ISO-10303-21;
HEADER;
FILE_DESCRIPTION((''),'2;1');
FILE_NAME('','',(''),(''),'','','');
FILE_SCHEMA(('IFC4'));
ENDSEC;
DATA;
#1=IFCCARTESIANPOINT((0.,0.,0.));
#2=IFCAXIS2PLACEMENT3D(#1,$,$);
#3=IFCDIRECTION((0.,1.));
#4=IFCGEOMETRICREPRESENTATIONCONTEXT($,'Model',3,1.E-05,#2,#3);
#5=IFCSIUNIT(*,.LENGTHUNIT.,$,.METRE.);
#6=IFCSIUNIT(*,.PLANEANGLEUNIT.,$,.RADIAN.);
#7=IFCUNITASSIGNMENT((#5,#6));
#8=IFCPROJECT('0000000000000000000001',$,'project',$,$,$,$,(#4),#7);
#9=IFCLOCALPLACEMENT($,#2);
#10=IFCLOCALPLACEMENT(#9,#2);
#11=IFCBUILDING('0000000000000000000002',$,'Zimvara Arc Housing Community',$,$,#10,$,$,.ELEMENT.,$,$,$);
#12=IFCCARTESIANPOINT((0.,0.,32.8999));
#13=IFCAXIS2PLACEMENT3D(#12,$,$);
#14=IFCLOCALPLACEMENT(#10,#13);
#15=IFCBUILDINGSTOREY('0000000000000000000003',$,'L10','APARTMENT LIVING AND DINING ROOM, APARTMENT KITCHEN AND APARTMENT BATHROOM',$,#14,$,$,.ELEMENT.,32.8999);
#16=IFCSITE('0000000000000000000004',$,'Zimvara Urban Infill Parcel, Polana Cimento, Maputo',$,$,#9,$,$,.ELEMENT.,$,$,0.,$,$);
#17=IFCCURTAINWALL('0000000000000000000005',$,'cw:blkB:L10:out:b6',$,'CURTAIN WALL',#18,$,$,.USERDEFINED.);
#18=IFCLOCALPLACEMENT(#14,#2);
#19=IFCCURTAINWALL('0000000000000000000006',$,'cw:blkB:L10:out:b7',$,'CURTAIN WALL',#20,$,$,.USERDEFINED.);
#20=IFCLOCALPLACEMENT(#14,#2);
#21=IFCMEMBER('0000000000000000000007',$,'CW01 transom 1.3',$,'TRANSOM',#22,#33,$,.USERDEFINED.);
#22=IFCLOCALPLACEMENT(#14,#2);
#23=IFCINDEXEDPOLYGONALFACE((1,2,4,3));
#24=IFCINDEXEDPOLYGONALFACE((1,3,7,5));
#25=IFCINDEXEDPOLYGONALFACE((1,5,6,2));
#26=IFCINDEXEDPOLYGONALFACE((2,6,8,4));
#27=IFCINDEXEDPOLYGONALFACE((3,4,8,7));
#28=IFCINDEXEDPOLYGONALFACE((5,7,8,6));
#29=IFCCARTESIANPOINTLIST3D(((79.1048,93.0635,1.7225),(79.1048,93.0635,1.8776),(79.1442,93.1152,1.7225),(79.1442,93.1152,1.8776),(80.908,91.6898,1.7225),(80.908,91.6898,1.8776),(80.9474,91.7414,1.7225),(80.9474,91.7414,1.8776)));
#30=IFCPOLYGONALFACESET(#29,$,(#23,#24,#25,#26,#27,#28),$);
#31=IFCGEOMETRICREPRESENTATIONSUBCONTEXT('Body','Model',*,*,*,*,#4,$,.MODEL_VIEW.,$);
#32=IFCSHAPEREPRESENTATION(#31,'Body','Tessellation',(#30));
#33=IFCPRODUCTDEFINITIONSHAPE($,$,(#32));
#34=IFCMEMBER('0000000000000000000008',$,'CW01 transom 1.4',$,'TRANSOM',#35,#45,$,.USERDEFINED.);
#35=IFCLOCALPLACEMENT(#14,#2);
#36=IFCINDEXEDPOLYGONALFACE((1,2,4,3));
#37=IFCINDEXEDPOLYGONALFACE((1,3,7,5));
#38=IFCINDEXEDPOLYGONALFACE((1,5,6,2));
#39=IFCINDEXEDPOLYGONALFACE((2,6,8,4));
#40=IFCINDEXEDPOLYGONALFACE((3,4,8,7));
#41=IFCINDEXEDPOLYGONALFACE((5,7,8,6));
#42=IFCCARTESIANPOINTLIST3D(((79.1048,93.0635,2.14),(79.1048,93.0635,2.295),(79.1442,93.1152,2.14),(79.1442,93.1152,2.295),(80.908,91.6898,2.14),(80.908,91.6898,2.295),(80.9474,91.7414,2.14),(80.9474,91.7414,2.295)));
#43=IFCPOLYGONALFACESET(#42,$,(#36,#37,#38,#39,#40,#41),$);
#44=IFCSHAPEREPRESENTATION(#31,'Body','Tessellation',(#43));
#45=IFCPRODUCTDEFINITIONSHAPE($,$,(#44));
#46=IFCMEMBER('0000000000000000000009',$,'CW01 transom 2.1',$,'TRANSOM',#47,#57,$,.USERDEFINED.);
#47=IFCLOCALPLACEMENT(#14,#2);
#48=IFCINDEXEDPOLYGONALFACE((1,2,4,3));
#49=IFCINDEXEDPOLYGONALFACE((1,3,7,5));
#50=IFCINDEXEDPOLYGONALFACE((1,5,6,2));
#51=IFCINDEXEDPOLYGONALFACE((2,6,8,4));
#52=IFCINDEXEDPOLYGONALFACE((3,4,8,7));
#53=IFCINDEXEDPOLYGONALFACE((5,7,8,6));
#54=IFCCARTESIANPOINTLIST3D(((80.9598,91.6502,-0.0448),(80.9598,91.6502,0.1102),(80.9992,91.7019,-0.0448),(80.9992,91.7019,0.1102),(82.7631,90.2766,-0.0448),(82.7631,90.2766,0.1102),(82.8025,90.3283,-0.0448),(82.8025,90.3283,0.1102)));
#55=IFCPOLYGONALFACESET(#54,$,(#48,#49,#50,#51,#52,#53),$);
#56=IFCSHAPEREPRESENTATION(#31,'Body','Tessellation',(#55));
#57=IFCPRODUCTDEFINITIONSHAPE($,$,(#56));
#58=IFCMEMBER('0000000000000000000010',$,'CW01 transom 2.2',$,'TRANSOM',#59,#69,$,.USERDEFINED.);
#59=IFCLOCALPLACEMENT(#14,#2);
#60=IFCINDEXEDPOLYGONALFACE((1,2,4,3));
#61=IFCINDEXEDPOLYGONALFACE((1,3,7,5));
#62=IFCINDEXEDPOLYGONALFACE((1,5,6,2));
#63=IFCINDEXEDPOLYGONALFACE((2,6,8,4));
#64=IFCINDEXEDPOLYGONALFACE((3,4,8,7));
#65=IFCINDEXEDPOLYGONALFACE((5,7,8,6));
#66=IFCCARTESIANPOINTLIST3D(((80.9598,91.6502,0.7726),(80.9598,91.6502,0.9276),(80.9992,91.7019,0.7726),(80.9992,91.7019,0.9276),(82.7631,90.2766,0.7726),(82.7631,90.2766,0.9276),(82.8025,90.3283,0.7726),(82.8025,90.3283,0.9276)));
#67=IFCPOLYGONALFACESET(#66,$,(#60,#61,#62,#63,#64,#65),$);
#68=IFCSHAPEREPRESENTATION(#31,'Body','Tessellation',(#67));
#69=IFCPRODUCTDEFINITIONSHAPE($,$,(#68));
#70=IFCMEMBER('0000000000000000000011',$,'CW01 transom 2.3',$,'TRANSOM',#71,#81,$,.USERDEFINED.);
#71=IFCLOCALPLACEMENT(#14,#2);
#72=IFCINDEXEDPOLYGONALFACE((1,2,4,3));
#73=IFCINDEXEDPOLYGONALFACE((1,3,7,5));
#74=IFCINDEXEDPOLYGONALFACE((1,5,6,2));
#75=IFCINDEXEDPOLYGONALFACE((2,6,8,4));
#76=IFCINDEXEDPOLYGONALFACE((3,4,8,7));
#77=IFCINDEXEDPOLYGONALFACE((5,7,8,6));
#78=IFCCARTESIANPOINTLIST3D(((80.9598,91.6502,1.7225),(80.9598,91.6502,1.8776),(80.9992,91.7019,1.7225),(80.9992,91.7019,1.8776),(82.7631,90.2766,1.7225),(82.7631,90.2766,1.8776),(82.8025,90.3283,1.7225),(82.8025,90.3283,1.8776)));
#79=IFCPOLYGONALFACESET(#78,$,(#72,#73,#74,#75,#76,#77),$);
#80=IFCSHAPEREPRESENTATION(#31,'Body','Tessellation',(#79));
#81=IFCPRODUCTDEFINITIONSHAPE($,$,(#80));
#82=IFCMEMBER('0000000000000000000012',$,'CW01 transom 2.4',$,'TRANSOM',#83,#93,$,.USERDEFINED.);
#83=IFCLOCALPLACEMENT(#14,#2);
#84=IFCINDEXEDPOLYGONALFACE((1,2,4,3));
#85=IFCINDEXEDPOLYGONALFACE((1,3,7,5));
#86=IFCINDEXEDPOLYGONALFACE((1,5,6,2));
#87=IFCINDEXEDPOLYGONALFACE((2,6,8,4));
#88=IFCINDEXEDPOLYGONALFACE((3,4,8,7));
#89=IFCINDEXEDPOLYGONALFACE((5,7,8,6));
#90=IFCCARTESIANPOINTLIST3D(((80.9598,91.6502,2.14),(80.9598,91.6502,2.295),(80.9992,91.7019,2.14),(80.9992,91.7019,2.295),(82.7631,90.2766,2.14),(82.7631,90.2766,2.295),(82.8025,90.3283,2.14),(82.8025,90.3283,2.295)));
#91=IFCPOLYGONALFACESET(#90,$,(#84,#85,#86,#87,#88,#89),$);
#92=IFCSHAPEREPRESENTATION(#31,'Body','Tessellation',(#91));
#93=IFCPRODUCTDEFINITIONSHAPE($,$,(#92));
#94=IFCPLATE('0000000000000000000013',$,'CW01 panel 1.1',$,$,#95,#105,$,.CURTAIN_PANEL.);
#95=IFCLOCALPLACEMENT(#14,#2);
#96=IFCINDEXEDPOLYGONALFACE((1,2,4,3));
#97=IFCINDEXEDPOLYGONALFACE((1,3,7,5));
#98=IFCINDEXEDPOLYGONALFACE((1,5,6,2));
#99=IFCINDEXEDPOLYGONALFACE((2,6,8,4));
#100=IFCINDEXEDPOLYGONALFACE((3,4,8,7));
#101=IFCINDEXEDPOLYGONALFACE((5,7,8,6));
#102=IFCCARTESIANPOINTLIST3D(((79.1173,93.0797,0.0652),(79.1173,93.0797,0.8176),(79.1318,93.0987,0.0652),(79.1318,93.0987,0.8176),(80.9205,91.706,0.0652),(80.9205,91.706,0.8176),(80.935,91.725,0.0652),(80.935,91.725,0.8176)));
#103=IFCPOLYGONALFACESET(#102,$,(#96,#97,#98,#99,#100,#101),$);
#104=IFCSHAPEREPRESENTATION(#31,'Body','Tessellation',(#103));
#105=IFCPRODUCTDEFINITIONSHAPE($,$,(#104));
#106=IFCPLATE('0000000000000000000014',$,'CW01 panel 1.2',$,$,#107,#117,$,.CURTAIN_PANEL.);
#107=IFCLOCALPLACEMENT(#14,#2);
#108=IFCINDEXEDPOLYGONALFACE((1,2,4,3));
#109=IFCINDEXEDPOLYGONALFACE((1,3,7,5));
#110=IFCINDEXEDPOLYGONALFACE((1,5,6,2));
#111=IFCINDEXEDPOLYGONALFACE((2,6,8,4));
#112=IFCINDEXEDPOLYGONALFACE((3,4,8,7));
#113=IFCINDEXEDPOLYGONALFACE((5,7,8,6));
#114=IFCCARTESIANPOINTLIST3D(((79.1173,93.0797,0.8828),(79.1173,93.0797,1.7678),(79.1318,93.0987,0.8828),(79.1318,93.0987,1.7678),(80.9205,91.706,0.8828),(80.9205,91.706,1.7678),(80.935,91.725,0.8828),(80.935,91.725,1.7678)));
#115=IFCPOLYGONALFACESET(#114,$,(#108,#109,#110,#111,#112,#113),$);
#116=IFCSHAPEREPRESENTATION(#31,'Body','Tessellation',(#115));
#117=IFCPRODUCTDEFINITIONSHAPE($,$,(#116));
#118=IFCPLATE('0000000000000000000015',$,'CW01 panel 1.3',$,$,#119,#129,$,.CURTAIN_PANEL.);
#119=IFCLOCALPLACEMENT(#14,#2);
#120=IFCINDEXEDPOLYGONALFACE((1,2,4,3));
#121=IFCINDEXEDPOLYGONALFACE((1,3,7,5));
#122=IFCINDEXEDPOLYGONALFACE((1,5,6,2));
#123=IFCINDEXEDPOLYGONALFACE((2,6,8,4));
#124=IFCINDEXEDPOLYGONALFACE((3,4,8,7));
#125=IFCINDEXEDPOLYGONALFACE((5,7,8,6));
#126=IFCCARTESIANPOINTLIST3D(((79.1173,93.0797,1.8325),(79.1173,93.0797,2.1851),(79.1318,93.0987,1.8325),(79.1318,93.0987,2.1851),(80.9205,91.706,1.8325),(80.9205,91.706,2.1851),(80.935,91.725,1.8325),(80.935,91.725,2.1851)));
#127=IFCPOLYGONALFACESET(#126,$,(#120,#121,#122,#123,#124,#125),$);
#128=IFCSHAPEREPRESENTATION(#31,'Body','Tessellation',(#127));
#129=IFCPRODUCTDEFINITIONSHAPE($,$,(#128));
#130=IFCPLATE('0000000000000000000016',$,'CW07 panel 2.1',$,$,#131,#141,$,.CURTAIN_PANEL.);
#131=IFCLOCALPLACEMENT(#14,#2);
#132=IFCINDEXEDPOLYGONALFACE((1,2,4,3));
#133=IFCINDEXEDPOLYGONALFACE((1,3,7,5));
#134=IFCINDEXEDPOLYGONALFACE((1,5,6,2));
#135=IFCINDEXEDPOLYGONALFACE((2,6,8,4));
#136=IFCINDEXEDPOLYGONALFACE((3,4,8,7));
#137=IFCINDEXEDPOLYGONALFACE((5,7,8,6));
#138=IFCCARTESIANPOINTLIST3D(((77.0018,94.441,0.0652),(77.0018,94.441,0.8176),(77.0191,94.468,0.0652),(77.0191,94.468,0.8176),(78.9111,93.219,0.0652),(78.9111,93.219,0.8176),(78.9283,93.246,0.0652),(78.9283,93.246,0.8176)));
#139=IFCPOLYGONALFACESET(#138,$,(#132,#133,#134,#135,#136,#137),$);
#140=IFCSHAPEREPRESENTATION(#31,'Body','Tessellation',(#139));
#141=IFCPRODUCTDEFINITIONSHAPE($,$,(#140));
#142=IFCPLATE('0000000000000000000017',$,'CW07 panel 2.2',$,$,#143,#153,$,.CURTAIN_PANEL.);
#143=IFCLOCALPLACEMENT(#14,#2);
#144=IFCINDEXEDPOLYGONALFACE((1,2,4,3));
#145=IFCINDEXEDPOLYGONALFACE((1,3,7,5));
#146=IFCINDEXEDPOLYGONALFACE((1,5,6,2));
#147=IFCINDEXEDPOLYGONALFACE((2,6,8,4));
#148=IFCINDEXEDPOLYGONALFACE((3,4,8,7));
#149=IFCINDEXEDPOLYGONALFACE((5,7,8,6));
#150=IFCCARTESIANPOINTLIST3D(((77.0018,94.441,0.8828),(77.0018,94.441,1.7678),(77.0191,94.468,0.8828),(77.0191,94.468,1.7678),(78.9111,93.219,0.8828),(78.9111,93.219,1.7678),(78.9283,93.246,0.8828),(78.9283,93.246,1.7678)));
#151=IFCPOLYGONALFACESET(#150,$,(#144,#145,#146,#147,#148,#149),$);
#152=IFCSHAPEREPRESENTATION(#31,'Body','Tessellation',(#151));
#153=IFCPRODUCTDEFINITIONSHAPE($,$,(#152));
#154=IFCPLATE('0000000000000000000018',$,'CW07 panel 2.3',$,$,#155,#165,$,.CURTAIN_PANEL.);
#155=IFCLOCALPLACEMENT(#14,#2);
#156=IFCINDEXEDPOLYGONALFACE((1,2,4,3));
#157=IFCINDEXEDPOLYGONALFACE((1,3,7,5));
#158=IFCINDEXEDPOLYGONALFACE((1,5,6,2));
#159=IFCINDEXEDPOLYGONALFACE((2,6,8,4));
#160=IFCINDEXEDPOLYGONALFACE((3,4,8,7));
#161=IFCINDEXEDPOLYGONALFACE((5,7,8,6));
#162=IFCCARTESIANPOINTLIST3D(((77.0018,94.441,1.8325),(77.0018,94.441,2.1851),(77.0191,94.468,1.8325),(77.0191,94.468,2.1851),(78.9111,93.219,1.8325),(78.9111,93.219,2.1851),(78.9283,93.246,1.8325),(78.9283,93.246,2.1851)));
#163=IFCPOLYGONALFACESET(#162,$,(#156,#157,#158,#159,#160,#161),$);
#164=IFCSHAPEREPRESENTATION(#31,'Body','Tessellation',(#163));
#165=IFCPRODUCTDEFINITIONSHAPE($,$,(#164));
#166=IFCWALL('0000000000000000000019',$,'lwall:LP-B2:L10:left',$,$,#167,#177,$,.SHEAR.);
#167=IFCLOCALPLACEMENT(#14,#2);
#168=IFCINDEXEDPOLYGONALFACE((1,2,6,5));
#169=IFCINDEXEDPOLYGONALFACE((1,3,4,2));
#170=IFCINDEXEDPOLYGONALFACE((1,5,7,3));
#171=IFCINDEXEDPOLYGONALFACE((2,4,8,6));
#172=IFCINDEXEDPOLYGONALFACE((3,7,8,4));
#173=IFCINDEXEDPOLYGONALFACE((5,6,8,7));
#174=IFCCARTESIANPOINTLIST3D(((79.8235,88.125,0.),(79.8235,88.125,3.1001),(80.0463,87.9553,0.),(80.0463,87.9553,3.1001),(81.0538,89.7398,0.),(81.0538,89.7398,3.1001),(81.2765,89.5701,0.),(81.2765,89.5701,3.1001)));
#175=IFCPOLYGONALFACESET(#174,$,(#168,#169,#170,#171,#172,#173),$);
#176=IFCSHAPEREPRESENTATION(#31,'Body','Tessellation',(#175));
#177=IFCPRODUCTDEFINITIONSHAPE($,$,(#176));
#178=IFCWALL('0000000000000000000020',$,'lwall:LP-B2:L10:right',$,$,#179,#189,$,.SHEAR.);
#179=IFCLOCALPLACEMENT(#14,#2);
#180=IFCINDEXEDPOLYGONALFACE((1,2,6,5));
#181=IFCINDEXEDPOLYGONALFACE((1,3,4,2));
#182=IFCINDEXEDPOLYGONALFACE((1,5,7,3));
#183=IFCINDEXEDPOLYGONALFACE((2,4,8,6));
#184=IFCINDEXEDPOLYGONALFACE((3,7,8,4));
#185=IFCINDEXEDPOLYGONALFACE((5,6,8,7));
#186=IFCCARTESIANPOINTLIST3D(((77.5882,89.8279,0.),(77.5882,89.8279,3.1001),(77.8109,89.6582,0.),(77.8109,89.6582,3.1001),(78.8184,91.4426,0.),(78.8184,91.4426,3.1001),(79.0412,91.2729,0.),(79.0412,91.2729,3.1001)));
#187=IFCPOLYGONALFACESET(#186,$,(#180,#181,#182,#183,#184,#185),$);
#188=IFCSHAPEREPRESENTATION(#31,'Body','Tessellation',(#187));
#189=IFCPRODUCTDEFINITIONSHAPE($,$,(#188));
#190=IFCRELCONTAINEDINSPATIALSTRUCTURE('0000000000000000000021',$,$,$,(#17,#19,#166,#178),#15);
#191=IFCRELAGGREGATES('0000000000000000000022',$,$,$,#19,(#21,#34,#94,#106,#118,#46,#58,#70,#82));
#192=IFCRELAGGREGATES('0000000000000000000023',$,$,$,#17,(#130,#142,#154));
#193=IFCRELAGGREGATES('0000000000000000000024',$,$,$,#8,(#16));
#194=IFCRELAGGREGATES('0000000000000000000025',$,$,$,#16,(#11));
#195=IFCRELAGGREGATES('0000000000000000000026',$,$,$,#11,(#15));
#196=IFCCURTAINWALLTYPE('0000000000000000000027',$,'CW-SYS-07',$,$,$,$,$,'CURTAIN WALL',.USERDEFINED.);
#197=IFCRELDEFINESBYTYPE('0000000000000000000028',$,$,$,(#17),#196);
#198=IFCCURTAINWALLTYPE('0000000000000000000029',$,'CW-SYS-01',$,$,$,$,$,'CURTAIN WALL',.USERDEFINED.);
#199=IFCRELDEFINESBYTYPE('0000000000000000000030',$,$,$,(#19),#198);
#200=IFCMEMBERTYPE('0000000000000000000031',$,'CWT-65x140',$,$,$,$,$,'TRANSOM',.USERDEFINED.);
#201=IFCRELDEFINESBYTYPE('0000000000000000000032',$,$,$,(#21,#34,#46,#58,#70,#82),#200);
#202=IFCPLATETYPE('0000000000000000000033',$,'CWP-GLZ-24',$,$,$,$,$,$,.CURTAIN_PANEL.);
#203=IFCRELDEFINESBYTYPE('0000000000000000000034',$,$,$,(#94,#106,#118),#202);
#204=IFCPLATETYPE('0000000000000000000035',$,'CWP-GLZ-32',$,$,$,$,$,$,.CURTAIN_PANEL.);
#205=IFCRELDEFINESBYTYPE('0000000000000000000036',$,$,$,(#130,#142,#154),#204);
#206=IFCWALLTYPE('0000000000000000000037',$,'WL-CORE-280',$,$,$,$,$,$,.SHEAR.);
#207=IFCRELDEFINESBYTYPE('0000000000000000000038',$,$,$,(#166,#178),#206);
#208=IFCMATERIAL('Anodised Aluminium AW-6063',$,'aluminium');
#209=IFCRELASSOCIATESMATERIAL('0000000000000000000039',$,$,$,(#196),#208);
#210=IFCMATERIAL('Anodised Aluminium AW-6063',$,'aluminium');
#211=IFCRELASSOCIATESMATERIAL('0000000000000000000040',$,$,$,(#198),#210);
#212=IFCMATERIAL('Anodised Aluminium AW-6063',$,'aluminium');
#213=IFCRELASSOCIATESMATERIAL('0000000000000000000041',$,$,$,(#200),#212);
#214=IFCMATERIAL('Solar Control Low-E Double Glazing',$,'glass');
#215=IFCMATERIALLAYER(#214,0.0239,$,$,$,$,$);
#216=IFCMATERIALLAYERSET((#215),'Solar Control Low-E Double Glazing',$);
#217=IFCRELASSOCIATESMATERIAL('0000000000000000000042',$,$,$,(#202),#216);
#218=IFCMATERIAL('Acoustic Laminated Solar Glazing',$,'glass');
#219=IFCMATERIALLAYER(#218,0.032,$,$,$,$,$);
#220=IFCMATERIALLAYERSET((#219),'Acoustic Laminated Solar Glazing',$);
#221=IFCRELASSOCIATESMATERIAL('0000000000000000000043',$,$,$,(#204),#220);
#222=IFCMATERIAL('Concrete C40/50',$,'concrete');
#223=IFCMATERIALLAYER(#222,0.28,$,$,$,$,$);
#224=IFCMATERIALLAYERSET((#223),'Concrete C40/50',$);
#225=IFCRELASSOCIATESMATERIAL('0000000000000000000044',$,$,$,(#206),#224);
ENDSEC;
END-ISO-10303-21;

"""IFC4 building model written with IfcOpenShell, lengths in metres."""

from ifc_helpers import new_model, si_unit, direction, frame, frame_2d, origin, origin_2d, place, context, subcontext, project, spatial, rectangle, extrude, material, layer, layer_set, material_profile, profile_set, type_object, element, aggregate, save


model = new_model("IFC4")

# Units and contexts
model_context = context("Model", 3, precision=1e-05, world=origin(), true_north=direction((0.0, 1.0)))
body_context = subcontext(model_context, "Body", "Model", "MODEL_VIEW")
ifc_project = project(units=[si_unit("LENGTHUNIT", "METRE"), si_unit("PLANEANGLEUNIT", "RADIAN")], contexts=[model_context])

# Site, building, storey
site_placement = place(None, origin())
site = spatial("IfcSite", under=ifc_project, at=site_placement, Name="Zimvara Urban Infill Parcel, Polana Cimento, Maputo", CompositionType="ELEMENT", RefElevation=0.0)
building_placement = place(site_placement, origin())
building = spatial("IfcBuilding", under=site, at=building_placement, Name="Zimvara Arc Housing Community", CompositionType="ELEMENT")
storey_placement = place(building_placement, frame((0.0, 0.0, 32.8999)))
storey = spatial("IfcBuildingStorey", under=building, at=storey_placement, Name="L10", Description="APARTMENT LIVING AND DINING ROOM, APARTMENT KITCHEN AND APARTMENT BATHROOM", CompositionType="ELEMENT", Elevation=32.8999)

# Curtain wall
ifc_material_1 = material(Name="Anodised Aluminium AW-6063", Category="aluminium")
curtain_wall_type_1 = type_object("IfcCurtainWallType", Name="CW-SYS-07", ElementType="CURTAIN WALL", PredefinedType="USERDEFINED", material=ifc_material_1)
curtain_wall_1_placement = place(storey_placement, origin())
curtain_wall_1 = element("IfcCurtainWall", 1, at=curtain_wall_1_placement, inside=storey, type_object=curtain_wall_type_1, Name="cw:blkB:L10:out:b6", ObjectType="CURTAIN WALL", PredefinedType="USERDEFINED")

# Curtain wall
ifc_material_2 = material(Name="Anodised Aluminium AW-6063", Category="aluminium")
curtain_wall_type_2 = type_object("IfcCurtainWallType", Name="CW-SYS-01", ElementType="CURTAIN WALL", PredefinedType="USERDEFINED", material=ifc_material_2)
curtain_wall_2_placement = place(storey_placement, origin())
curtain_wall_2 = element("IfcCurtainWall", 2, at=curtain_wall_2_placement, inside=storey, type_object=curtain_wall_type_2, Name="cw:blkB:L10:out:b7", ObjectType="CURTAIN WALL", PredefinedType="USERDEFINED")

# Members
ifc_material_3 = material(Name="Anodised Aluminium AW-6063", Category="aluminium")
ifc_material_profile_1 = material_profile(ifc_material_3, rectangle(XDim=0.0649, YDim=0.155, at=origin_2d()), Name="ALU 65x155")
ifc_profile_set_1 = profile_set([ifc_material_profile_1], Name="Anodised Aluminium AW-6063")
member_type_1 = type_object("IfcMemberType", Name="CWT-65x140", ElementType="TRANSOM", PredefinedType="USERDEFINED", material=ifc_profile_set_1)
member_1_placement = place(storey_placement, frame((79.1245, 93.0894, 1.8), z_axis=(0.795454, -0.606014, 0.0), x_axis=(0.606014, 0.795454, 0.0)))
member_1 = element("IfcMember", 3, at=member_1_placement, type_object=member_type_1, Name="CW01 transom 1.3", ObjectType="TRANSOM", PredefinedType="USERDEFINED", context=body_context, shape_type="SweptSolid", body=[
    extrude(rectangle(XDim=0.0649, YDim=0.155, at=origin_2d()), origin(), (0.0, 0.0, 1.0), 2.2668),
])
member_2_placement = place(storey_placement, frame((79.1245, 93.0894, 2.2175), z_axis=(0.795454, -0.606014, 0.0), x_axis=(0.606014, 0.795454, 0.0)))
member_2 = element("IfcMember", 4, at=member_2_placement, type_object=member_type_1, Name="CW01 transom 1.4", ObjectType="TRANSOM", PredefinedType="USERDEFINED", context=body_context, shape_type="SweptSolid", body=[
    extrude(rectangle(XDim=0.0649, YDim=0.155, at=origin_2d()), origin(), (0.0, 0.0, 1.0), 2.2668),
])
member_3_placement = place(storey_placement, frame((80.9795, 91.676, 0.0327), z_axis=(0.795506, -0.605946, 0.0), x_axis=(0.605946, 0.795506, 0.0)))
member_3 = element("IfcMember", 5, at=member_3_placement, type_object=member_type_1, Name="CW01 transom 2.1", ObjectType="TRANSOM", PredefinedType="USERDEFINED", context=body_context, shape_type="SweptSolid", body=[
    extrude(rectangle(XDim=0.0649, YDim=0.155, at=origin_2d()), origin(), (0.0, 0.0, 1.0), 2.2668),
])
member_4_placement = place(storey_placement, frame((80.9795, 91.676, 0.8501), z_axis=(0.795506, -0.605946, 0.0), x_axis=(0.605946, 0.795506, 0.0)))
member_4 = element("IfcMember", 6, at=member_4_placement, type_object=member_type_1, Name="CW01 transom 2.2", ObjectType="TRANSOM", PredefinedType="USERDEFINED", context=body_context, shape_type="SweptSolid", body=[
    extrude(rectangle(XDim=0.0649, YDim=0.155, at=origin_2d()), origin(), (0.0, 0.0, 1.0), 2.2668),
])
member_5_placement = place(storey_placement, frame((80.9795, 91.676, 1.8), z_axis=(0.795506, -0.605946, 0.0), x_axis=(0.605946, 0.795506, 0.0)))
member_5 = element("IfcMember", 7, at=member_5_placement, type_object=member_type_1, Name="CW01 transom 2.3", ObjectType="TRANSOM", PredefinedType="USERDEFINED", context=body_context, shape_type="SweptSolid", body=[
    extrude(rectangle(XDim=0.0649, YDim=0.155, at=origin_2d()), origin(), (0.0, 0.0, 1.0), 2.2668),
])
member_6_placement = place(storey_placement, frame((80.9795, 91.676, 2.2175), z_axis=(0.795506, -0.605946, 0.0), x_axis=(0.605946, 0.795506, 0.0)))
member_6 = element("IfcMember", 8, at=member_6_placement, type_object=member_type_1, Name="CW01 transom 2.4", ObjectType="TRANSOM", PredefinedType="USERDEFINED", context=body_context, shape_type="SweptSolid", body=[
    extrude(rectangle(XDim=0.0649, YDim=0.155, at=origin_2d()), origin(), (0.0, 0.0, 1.0), 2.2668),
])

# Plates
ifc_material_4 = material(Name="Solar Control Low-E Double Glazing", Category="glass")
ifc_layer_1 = layer(ifc_material_4, 0.0239)
ifc_layer_set_1 = layer_set([ifc_layer_1], Name="Solar Control Low-E Double Glazing")
plate_type_1 = type_object("IfcPlateType", Name="CWP-GLZ-24", PredefinedType="CURTAIN_PANEL", material=ifc_layer_set_1)
plate_1_placement = place(storey_placement, frame((80.0261, 92.4023, 0.0652), z_axis=(0.0, 0.0, 1.0), x_axis=(0.795474, -0.605988, 0.0)))
plate_1 = element("IfcPlate", 9, at=plate_1_placement, type_object=plate_type_1, Name="CW01 panel 1.1", PredefinedType="CURTAIN_PANEL", context=body_context, shape_type="SweptSolid", body=[
    extrude(rectangle(XDim=2.2668, YDim=0.0239, at=origin_2d()), origin(), (0.0, 0.0, 1.0), 0.7524),
])
plate_2_placement = place(storey_placement, frame((80.0261, 92.4023, 0.8828), z_axis=(0.0, 0.0, 1.0), x_axis=(0.795474, -0.605988, 0.0)))
plate_2 = element("IfcPlate", 10, at=plate_2_placement, type_object=plate_type_1, Name="CW01 panel 1.2", PredefinedType="CURTAIN_PANEL", context=body_context, shape_type="SweptSolid", body=[
    extrude(rectangle(XDim=2.2668, YDim=0.0239, at=origin_2d()), origin(), (0.0, 0.0, 1.0), 0.885),
])
plate_3_placement = place(storey_placement, frame((80.0261, 92.4023, 1.8325), z_axis=(0.0, 0.0, 1.0), x_axis=(0.795474, -0.605988, 0.0)))
plate_3 = element("IfcPlate", 11, at=plate_3_placement, type_object=plate_type_1, Name="CW01 panel 1.3", PredefinedType="CURTAIN_PANEL", context=body_context, shape_type="SweptSolid", body=[
    extrude(rectangle(XDim=2.2668, YDim=0.0239, at=origin_2d()), origin(), (0.0, 0.0, 1.0), 0.3525),
])
aggregate(curtain_wall_2, [member_1, member_2, plate_1, plate_2, plate_3, member_3, member_4, member_5, member_6])
ifc_material_5 = material(Name="Acoustic Laminated Solar Glazing", Category="glass")
ifc_layer_2 = layer(ifc_material_5, 0.032)
ifc_layer_set_2 = layer_set([ifc_layer_2], Name="Acoustic Laminated Solar Glazing")
plate_type_2 = type_object("IfcPlateType", Name="CWP-GLZ-32", PredefinedType="CURTAIN_PANEL", material=ifc_layer_set_2)
plate_4_placement = place(storey_placement, frame((77.9651, 93.8435, 0.0652), z_axis=(0.0, 0.0, 1.0), x_axis=(0.842264, -0.539065, 0.0)))
plate_4 = element("IfcPlate", 12, at=plate_4_placement, type_object=plate_type_2, Name="CW07 panel 2.1", PredefinedType="CURTAIN_PANEL", context=body_context, shape_type="SweptSolid", body=[
    extrude(rectangle(XDim=2.2668, YDim=0.032, at=origin_2d()), origin(), (0.0, 0.0, 1.0), 0.7524),
])
plate_5_placement = place(storey_placement, frame((77.9651, 93.8435, 0.8828), z_axis=(0.0, 0.0, 1.0), x_axis=(0.842264, -0.539065, 0.0)))
plate_5 = element("IfcPlate", 13, at=plate_5_placement, type_object=plate_type_2, Name="CW07 panel 2.2", PredefinedType="CURTAIN_PANEL", context=body_context, shape_type="SweptSolid", body=[
    extrude(rectangle(XDim=2.2668, YDim=0.032, at=origin_2d()), origin(), (0.0, 0.0, 1.0), 0.885),
])
plate_6_placement = place(storey_placement, frame((77.9651, 93.8435, 1.8325), z_axis=(0.0, 0.0, 1.0), x_axis=(0.842264, -0.539065, 0.0)))
plate_6 = element("IfcPlate", 14, at=plate_6_placement, type_object=plate_type_2, Name="CW07 panel 2.3", PredefinedType="CURTAIN_PANEL", context=body_context, shape_type="SweptSolid", body=[
    extrude(rectangle(XDim=2.2668, YDim=0.032, at=origin_2d()), origin(), (0.0, 0.0, 1.0), 0.3525),
])
aggregate(curtain_wall_1, [plate_4, plate_5, plate_6])

# Shared definitions
ifc_material_6 = material(Name="Concrete C40/50", Category="concrete")
ifc_layer_3 = layer(ifc_material_6, 0.28)
ifc_layer_set_3 = layer_set([ifc_layer_3], Name="Concrete C40/50")
wall_type_1 = type_object("IfcWallType", Name="WL-CORE-280", PredefinedType="SHEAR", material=ifc_layer_set_3)

# Walls
for number, where, z_axis, x_axis, name in (
    (15, (79.9348, 88.04, 0.0), (0.0, 0.0, 1.0), (0.606025, 0.795446, 0.0), "lwall:LP-B2:L10:left"),
    (16, (77.6995, 89.7429, 0.0), (0.0, 0.0, 1.0), (0.606025, 0.795446, 0.0), "lwall:LP-B2:L10:right"),
):
    element("IfcWall", number, at=place(storey_placement, frame(where, z_axis=z_axis, x_axis=x_axis)), inside=storey, type_object=wall_type_1, Name=name, PredefinedType="SHEAR", context=body_context, shape_type="SweptSolid", body=[
        extrude(rectangle(XDim=2.03, YDim=0.28, at=frame_2d((1.0151, 0.0))), origin(), (0.0, 0.0, 1.0), 3.1001),
    ])

save(model, "model.ifc")
